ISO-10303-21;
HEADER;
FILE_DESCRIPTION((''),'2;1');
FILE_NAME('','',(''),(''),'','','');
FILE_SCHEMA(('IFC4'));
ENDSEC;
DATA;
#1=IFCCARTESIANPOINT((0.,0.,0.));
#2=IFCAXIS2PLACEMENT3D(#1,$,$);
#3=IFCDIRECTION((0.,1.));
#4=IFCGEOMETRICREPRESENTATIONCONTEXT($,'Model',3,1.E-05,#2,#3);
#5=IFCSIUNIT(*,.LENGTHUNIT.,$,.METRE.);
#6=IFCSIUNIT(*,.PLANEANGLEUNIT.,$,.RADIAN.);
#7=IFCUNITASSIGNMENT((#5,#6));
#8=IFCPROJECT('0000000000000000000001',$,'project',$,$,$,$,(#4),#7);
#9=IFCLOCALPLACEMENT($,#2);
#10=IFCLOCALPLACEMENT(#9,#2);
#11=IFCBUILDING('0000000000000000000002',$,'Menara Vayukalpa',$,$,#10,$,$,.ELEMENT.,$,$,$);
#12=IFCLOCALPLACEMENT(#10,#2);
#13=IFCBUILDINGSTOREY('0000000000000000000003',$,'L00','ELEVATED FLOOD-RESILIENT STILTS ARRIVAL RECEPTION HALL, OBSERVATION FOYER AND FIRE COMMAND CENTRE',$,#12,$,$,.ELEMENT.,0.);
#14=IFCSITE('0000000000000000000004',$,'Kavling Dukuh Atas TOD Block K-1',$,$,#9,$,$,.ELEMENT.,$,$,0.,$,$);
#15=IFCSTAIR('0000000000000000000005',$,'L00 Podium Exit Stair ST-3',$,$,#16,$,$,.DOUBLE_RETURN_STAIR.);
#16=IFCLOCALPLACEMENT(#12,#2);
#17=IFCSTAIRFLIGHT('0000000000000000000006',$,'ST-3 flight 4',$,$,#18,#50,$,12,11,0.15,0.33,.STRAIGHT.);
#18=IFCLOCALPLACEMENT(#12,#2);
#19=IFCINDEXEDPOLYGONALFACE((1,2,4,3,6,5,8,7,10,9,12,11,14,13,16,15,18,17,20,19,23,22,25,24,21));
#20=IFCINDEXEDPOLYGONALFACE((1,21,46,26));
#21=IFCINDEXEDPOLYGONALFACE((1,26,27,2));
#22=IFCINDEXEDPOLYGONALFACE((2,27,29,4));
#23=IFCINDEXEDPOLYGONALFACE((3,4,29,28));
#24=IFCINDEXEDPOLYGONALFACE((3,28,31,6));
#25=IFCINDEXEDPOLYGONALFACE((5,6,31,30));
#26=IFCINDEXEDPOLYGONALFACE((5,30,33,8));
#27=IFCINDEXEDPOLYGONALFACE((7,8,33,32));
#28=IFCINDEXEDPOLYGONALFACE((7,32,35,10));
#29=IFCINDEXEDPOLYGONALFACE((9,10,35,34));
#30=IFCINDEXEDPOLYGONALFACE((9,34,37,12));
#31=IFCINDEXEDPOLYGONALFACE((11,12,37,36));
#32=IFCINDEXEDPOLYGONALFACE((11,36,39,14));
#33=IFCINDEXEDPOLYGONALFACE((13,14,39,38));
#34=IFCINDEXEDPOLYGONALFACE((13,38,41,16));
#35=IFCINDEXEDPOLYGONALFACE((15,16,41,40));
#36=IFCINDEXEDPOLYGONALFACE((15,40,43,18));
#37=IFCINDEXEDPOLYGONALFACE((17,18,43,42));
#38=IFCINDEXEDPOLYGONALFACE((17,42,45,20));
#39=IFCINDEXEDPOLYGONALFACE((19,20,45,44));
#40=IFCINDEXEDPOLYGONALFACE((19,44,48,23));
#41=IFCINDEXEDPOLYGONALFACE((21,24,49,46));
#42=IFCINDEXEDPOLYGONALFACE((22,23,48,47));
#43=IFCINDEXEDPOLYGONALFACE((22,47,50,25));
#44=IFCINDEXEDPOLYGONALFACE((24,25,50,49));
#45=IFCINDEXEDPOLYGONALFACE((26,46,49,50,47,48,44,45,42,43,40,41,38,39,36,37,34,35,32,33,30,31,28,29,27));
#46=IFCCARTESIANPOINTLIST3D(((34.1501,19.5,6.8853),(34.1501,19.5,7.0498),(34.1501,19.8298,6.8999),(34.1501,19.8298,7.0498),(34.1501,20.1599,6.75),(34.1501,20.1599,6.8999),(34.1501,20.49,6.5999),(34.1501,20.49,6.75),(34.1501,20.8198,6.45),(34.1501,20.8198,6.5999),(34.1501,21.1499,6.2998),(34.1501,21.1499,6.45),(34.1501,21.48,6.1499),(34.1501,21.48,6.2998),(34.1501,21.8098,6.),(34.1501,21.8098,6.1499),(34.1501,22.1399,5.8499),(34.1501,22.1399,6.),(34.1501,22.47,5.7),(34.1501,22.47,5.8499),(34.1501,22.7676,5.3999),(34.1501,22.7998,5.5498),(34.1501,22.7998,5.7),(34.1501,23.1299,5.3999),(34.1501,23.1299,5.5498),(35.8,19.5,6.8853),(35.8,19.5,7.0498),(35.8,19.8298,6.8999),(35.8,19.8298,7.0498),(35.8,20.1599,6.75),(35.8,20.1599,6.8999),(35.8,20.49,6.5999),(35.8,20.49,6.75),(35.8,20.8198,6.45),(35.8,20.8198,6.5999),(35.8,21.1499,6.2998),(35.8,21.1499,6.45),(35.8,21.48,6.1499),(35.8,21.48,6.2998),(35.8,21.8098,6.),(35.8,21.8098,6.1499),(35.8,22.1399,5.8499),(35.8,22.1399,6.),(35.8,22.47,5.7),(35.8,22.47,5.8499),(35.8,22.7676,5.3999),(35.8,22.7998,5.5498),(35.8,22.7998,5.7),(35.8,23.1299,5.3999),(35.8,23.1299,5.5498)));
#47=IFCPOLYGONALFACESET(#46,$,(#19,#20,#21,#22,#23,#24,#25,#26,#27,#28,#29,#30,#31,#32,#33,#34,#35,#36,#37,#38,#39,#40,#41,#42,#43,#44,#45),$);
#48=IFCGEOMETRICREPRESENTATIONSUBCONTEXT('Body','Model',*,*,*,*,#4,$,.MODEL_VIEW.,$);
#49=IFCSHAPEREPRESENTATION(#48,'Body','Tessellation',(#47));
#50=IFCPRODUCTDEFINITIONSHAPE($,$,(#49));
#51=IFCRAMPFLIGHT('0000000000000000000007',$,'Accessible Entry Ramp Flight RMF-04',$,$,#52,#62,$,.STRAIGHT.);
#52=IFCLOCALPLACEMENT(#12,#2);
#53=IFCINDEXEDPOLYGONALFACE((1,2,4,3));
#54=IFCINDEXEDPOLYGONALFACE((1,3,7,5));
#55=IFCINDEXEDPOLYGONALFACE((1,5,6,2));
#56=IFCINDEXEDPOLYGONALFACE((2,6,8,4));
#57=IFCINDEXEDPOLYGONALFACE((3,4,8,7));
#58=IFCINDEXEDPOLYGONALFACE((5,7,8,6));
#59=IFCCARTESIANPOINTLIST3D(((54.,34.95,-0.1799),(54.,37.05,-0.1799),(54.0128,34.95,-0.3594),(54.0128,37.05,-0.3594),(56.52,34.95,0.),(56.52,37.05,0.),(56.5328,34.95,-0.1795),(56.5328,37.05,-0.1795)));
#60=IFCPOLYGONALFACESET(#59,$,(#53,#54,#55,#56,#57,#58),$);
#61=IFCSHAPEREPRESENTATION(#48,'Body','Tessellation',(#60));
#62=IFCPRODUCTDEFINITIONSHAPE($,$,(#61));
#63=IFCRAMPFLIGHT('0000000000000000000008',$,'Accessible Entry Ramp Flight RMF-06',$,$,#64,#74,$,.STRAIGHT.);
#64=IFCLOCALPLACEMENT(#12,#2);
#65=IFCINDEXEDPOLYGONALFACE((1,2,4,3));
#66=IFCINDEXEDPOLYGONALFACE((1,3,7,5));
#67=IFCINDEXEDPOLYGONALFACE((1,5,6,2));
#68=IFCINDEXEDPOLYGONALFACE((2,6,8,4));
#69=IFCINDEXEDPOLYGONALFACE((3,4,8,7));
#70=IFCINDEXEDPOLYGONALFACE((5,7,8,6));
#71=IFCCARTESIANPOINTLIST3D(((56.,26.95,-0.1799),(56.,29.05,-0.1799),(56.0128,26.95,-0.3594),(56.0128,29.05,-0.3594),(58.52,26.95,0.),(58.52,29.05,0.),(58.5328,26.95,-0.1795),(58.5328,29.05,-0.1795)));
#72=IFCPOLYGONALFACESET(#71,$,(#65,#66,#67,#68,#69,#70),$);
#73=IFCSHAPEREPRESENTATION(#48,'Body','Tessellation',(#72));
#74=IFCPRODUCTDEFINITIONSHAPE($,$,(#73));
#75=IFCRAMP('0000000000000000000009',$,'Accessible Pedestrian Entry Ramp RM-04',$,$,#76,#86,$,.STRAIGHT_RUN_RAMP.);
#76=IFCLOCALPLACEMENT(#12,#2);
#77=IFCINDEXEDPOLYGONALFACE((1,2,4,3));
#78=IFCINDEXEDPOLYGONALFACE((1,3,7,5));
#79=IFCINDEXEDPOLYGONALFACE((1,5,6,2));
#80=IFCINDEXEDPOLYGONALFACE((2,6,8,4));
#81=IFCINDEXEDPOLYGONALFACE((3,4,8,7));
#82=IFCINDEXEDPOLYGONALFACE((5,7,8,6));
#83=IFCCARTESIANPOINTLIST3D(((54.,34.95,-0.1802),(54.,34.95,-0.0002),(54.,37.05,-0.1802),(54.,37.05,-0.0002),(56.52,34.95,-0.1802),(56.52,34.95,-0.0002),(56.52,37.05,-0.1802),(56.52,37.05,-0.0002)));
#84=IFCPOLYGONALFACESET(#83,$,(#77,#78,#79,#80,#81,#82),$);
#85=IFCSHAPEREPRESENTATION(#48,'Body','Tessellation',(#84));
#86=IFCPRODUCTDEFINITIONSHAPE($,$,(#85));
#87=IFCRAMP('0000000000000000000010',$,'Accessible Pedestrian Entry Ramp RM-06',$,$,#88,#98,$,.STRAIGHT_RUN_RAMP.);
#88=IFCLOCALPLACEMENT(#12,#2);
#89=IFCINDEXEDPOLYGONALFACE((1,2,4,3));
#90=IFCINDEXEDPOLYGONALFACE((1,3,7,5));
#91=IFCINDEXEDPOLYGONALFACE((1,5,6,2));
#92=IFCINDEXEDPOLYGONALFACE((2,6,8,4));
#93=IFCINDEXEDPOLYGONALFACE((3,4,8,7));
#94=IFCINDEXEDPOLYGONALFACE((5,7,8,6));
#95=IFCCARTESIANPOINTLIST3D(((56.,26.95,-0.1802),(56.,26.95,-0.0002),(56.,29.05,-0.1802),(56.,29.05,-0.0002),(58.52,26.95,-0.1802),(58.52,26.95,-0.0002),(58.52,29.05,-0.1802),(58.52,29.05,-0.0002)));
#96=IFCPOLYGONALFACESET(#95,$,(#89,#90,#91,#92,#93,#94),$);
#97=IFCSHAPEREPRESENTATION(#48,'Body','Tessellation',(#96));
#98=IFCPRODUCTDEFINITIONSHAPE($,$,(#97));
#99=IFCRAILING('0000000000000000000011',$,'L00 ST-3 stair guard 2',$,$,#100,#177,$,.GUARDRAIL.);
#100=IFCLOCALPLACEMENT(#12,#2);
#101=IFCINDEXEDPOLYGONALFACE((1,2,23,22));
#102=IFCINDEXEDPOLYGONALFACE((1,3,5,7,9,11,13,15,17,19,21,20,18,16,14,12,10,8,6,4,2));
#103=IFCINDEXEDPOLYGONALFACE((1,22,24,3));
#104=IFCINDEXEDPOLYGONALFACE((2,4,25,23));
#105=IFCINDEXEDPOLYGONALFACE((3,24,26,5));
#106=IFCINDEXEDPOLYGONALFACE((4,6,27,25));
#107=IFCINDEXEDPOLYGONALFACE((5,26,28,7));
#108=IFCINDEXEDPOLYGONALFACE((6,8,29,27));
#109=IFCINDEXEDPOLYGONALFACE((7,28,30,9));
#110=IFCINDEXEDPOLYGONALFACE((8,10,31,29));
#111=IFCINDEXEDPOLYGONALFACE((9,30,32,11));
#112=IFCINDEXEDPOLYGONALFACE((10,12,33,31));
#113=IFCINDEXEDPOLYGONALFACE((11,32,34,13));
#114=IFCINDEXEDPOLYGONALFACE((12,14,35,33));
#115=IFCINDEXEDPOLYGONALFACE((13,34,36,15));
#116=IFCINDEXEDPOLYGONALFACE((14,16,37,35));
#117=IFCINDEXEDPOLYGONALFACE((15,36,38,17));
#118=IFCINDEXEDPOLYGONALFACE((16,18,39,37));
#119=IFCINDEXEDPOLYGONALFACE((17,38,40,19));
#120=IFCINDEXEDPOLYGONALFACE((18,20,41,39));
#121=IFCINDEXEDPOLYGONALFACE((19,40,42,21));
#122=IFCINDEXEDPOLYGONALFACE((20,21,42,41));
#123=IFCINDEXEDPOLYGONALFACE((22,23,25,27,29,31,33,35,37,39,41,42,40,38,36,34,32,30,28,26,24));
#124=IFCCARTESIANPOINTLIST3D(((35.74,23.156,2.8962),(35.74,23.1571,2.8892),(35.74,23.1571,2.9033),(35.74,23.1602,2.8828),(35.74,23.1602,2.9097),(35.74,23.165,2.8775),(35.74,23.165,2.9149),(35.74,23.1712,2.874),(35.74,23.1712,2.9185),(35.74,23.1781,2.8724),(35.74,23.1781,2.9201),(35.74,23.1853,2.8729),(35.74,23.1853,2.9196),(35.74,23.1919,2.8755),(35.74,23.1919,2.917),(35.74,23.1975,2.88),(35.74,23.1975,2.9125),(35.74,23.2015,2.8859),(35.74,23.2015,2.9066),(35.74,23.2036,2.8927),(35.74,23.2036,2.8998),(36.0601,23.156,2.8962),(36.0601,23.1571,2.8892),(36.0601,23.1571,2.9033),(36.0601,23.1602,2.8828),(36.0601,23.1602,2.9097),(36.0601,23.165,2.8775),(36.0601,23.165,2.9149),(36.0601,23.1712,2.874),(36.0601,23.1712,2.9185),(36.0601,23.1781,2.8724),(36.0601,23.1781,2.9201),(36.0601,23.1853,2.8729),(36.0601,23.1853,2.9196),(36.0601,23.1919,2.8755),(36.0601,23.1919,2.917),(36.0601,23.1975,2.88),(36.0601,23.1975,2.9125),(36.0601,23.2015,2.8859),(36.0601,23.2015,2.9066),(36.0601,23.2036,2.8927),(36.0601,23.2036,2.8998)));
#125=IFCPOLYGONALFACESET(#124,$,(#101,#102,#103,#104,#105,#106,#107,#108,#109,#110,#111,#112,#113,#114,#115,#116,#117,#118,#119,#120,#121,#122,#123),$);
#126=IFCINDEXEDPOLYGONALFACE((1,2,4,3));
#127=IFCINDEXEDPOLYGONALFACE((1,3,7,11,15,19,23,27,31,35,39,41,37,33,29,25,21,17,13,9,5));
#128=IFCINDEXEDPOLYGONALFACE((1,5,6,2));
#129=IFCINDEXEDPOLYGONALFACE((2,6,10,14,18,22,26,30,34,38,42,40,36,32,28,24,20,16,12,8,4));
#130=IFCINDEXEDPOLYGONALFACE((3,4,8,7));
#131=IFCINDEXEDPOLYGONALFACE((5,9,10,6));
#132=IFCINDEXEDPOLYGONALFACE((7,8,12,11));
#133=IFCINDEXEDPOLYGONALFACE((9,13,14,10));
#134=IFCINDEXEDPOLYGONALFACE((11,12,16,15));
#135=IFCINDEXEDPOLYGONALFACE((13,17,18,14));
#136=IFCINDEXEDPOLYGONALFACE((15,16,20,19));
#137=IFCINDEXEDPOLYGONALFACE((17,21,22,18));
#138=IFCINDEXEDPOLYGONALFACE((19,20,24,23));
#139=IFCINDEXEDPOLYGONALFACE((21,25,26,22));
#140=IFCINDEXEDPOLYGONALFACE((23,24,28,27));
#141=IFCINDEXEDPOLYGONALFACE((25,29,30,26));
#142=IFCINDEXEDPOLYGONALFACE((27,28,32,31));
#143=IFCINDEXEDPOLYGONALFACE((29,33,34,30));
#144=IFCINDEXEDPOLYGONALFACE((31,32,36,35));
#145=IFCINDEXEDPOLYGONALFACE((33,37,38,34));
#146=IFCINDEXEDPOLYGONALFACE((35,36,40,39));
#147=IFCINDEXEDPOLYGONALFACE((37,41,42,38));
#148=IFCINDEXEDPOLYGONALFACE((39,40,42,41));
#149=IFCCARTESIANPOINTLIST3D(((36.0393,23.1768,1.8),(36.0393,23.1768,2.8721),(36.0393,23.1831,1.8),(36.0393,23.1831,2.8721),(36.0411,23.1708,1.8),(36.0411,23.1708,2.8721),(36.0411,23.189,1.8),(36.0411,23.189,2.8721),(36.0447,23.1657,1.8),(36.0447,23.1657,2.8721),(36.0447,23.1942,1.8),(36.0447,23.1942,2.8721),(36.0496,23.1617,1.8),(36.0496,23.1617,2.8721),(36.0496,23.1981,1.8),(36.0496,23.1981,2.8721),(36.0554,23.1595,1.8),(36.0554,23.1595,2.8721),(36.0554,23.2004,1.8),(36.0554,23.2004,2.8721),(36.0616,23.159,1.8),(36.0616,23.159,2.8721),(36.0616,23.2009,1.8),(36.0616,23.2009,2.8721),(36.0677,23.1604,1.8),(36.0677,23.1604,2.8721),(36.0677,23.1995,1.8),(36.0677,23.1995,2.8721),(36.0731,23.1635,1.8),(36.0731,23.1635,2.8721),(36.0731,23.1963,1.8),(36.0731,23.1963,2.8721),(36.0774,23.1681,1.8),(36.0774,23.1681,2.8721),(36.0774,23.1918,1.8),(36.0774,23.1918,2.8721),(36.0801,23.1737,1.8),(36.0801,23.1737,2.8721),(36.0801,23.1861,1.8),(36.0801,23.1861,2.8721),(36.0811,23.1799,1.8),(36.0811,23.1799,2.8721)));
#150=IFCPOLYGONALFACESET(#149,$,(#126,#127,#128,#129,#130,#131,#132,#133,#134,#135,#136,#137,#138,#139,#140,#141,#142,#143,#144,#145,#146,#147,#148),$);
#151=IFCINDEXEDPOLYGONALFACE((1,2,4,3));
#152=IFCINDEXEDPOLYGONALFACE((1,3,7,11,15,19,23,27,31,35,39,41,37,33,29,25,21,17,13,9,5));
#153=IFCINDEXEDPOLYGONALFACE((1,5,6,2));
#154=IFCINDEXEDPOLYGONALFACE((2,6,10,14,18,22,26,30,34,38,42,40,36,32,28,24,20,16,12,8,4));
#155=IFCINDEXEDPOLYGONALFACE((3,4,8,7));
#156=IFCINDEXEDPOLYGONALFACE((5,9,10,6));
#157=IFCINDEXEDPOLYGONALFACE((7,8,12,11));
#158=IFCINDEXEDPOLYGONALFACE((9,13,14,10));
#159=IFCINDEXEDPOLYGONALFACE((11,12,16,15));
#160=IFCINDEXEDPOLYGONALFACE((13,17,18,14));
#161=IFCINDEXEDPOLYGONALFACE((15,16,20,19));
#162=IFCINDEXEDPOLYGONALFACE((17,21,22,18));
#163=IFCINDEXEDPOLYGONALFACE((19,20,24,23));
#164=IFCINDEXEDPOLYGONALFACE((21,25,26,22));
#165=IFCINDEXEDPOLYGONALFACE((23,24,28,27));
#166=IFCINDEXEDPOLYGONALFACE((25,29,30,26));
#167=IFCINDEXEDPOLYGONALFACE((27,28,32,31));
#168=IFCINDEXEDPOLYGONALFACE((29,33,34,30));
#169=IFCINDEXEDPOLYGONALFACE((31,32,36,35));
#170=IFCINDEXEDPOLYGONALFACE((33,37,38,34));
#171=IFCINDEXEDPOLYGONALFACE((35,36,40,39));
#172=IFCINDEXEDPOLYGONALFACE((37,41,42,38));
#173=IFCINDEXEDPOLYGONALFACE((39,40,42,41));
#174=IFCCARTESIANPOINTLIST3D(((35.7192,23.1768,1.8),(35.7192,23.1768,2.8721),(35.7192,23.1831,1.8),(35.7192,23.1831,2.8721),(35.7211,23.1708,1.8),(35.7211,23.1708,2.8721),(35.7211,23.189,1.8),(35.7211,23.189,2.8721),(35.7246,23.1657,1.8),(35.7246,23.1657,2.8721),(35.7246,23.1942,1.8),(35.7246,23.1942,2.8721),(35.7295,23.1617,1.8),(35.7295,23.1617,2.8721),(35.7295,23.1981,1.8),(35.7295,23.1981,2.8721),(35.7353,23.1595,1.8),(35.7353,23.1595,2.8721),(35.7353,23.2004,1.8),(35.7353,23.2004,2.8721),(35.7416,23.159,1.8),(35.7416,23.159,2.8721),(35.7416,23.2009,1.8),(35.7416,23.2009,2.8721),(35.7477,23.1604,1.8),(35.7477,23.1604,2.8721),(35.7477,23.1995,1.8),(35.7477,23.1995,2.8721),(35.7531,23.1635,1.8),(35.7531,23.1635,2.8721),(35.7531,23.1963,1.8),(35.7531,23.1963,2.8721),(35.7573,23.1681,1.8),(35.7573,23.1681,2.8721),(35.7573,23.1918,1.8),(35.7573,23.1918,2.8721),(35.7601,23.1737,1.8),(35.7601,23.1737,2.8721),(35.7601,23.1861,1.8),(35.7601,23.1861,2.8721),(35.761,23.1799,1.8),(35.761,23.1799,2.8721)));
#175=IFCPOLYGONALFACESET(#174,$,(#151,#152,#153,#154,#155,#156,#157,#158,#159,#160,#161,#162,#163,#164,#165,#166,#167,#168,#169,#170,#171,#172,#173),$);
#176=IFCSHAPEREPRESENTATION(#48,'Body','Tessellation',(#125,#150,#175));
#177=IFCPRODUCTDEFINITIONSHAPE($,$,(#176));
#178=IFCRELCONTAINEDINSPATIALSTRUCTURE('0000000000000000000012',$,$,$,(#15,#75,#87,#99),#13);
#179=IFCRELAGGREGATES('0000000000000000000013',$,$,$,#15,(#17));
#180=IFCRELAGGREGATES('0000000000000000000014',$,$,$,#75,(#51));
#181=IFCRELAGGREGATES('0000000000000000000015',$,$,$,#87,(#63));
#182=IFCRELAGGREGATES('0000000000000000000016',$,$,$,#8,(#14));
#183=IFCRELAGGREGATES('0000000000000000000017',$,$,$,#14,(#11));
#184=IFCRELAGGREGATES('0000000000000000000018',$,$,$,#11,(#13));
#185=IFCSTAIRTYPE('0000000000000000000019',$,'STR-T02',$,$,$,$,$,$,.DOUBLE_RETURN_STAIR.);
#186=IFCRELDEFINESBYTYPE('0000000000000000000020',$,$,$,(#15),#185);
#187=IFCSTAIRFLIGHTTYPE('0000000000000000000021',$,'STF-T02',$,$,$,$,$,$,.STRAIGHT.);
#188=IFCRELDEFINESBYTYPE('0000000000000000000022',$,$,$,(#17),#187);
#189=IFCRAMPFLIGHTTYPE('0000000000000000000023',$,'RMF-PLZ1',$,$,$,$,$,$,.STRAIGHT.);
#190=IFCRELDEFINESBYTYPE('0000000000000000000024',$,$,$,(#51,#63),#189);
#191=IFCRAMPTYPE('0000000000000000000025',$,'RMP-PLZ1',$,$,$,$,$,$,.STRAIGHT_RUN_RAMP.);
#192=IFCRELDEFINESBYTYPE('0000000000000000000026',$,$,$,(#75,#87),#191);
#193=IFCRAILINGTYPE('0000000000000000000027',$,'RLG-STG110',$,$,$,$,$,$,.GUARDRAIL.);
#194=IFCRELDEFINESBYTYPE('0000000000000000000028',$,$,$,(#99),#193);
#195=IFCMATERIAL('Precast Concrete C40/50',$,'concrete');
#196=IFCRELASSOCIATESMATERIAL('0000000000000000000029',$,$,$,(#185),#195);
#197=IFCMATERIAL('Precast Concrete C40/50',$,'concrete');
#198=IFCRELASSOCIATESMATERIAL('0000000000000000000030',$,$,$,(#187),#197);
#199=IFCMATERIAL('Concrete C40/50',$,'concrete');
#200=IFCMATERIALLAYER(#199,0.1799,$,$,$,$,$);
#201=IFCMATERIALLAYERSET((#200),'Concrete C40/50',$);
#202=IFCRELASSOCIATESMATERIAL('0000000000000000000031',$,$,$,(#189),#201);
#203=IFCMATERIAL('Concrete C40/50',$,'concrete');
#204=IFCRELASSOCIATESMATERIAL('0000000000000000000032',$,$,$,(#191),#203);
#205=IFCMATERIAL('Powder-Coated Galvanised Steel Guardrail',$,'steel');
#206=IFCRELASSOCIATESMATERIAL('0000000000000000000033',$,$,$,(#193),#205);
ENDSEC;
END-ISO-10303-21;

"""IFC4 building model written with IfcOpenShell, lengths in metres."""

from ifc_helpers import new_model, si_unit, direction, frame, origin, origin_2d, place, context, subcontext, project, spatial, polyline, rectangle, circle, outline, extrude, material, layer, layer_set, type_object, element, aggregate, save


model = new_model("IFC4")

# Units and contexts
model_context = context("Model", 3, precision=1e-05, world=origin(), true_north=direction((0.0, 1.0)))
body_context = subcontext(model_context, "Body", "Model", "MODEL_VIEW")
ifc_project = project(units=[si_unit("LENGTHUNIT", "METRE"), si_unit("PLANEANGLEUNIT", "RADIAN")], contexts=[model_context])

# Site, building, storey
site_placement = place(None, origin())
site = spatial("IfcSite", under=ifc_project, at=site_placement, Name="Kavling Dukuh Atas TOD Block K-1", CompositionType="ELEMENT", RefElevation=0.0)
building_placement = place(site_placement, origin())
building = spatial("IfcBuilding", under=site, at=building_placement, Name="Menara Vayukalpa", CompositionType="ELEMENT")
storey_placement = place(building_placement, origin())
storey = spatial("IfcBuildingStorey", under=building, at=storey_placement, Name="L00", Description="ELEVATED FLOOD-RESILIENT STILTS ARRIVAL RECEPTION HALL, OBSERVATION FOYER AND FIRE COMMAND CENTRE", CompositionType="ELEMENT", Elevation=0.0)

# Stair, stair flight
ifc_material_1 = material(Name="Precast Concrete C40/50", Category="concrete")
stair_type = type_object("IfcStairType", Name="STR-T02", PredefinedType="DOUBLE_RETURN_STAIR", material=ifc_material_1)
stair_placement = place(storey_placement, origin())
stair = element("IfcStair", 1, at=stair_placement, inside=storey, type_object=stair_type, Name="L00 Podium Exit Stair ST-3", PredefinedType="DOUBLE_RETURN_STAIR")
ifc_material_2 = material(Name="Precast Concrete C40/50", Category="concrete")
stair_flight_type = type_object("IfcStairFlightType", Name="STF-T02", PredefinedType="STRAIGHT", material=ifc_material_2)
stair_flight_1_placement = place(storey_placement, frame((34.9751, 23.1299, 5.3999), z_axis=(0.0, 0.0, 1.0), x_axis=(0.0, -1.0, 0.0)))
stair_flight_1 = element("IfcStairFlight", 2, at=stair_flight_1_placement, type_object=stair_flight_type, Name="ST-3 flight 4", NumberOfRisers=12, NumberOfTreads=11, PredefinedType="STRAIGHT", RiserHeight=0.15, TreadLength=0.33, context=body_context, shape_type="SweptSolid", body=[
    extrude(outline(polyline([(0.0, 0.0), (0.0, 0.1499), (0.3301, 0.1499), (0.3301, 0.3), (0.6599, 0.3), (0.6599, 0.45), (0.99, 0.45), (0.99, 0.6001), (1.3201, 0.6001), (1.3201, 0.75), (1.6499, 0.75), (1.6499, 0.8999), (1.98, 0.8999), (1.98, 1.05), (2.3101, 1.05), (2.3101, 1.2), (2.6399, 1.2), (2.6399, 1.3501), (2.97, 1.3501), (2.97, 1.5), (3.3, 1.5), (3.3, 1.6499), (3.6299, 1.6499), (3.6299, 1.8), (3.6299, 1.4854), (0.3623, 0.0), (0.0, 0.0)])), frame((0.0, 0.825, 0.0), z_axis=(0.0, -1.0, 0.0), x_axis=(1.0, 0.0, 0.0)), (0.0, 0.0, 1.0), 1.6499),
])
aggregate(stair, [stair_flight_1])

# Ramp flights
ifc_material_3 = material(Name="Concrete C40/50", Category="concrete")
ifc_layer_1 = layer(ifc_material_3, 0.1799)
ifc_layer_set_1 = layer_set([ifc_layer_1], Name="Concrete C40/50")
ramp_flight_type = type_object("IfcRampFlightType", Name="RMF-PLZ1", PredefinedType="STRAIGHT", material=ifc_layer_set_1)
ramp_flight_1_placement = place(storey_placement, frame((54.0, 34.95, -0.1799), z_axis=(-0.07122, 0.0, 0.997461), x_axis=(0.997461, 0.0, 0.07122)))
ramp_flight_1 = element("IfcRampFlight", 3, at=ramp_flight_1_placement, type_object=ramp_flight_type, Name="Accessible Entry Ramp Flight RMF-04", PredefinedType="STRAIGHT", context=body_context, shape_type="SweptSolid", body=[
    extrude(outline(polyline([(0.0, 0.0), (2.5264, 0.0), (2.5264, 2.1001), (0.0, 2.1001), (0.0, 0.0)])), origin(), (0.0, 0.0, -1.0), 0.1799),
])
ramp_flight_2_placement = place(storey_placement, frame((56.0, 26.95, -0.1799), z_axis=(-0.07122, 0.0, 0.997461), x_axis=(0.997461, 0.0, 0.07122)))
ramp_flight_2 = element("IfcRampFlight", 4, at=ramp_flight_2_placement, type_object=ramp_flight_type, Name="Accessible Entry Ramp Flight RMF-06", PredefinedType="STRAIGHT", context=body_context, shape_type="SweptSolid", body=[
    extrude(outline(polyline([(0.0, 0.0), (2.5264, 0.0), (2.5264, 2.1001), (0.0, 2.1001), (0.0, 0.0)])), origin(), (0.0, 0.0, -1.0), 0.1799),
])

# Ramps
ifc_material_4 = material(Name="Concrete C40/50", Category="concrete")
ramp_type = type_object("IfcRampType", Name="RMP-PLZ1", PredefinedType="STRAIGHT_RUN_RAMP", material=ifc_material_4)
ramp_1_placement = place(storey_placement, frame((55.26, 36.0, -0.1802), z_axis=(0.0, 0.0, 1.0), x_axis=(1.0, 0.0, 0.0)))
ramp_1 = element("IfcRamp", 5, at=ramp_1_placement, inside=storey, type_object=ramp_type, Name="Accessible Pedestrian Entry Ramp RM-04", PredefinedType="STRAIGHT_RUN_RAMP", context=body_context, shape_type="SweptSolid", body=[
    extrude(rectangle(XDim=2.52, YDim=2.1001, at=origin_2d()), origin(), (0.0, 0.0, 1.0), 0.1799),
])
aggregate(ramp_1, [ramp_flight_1])
ramp_2_placement = place(storey_placement, frame((57.26, 28.0, -0.1802), z_axis=(0.0, 0.0, 1.0), x_axis=(1.0, 0.0, 0.0)))
ramp_2 = element("IfcRamp", 6, at=ramp_2_placement, inside=storey, type_object=ramp_type, Name="Accessible Pedestrian Entry Ramp RM-06", PredefinedType="STRAIGHT_RUN_RAMP", context=body_context, shape_type="SweptSolid", body=[
    extrude(rectangle(XDim=2.52, YDim=2.1001, at=origin_2d()), origin(), (0.0, 0.0, 1.0), 0.1799),
])
aggregate(ramp_2, [ramp_flight_2])

# Railing
ifc_material_5 = material(Name="Powder-Coated Galvanised Steel Guardrail", Category="steel")
railing_type_1 = type_object("IfcRailingType", Name="RLG-STG110", PredefinedType="GUARDRAIL", material=ifc_material_5)
railing_1_placement = place(storey_placement, frame((36.0601, 23.1799, 1.8)))
element("IfcRailing", 7, at=railing_1_placement, inside=storey, type_object=railing_type_1, Name="L00 ST-3 stair guard 2", PredefinedType="GUARDRAIL", context=body_context, shape_type="SweptSolid", body=[
    extrude(circle(Radius=0.0239, at=origin_2d()), frame((0.0, 0.0, 1.0962), z_axis=(-1.0, 0.0, 0.0), x_axis=(0.0, -1.0, 0.0)), (0.0, 0.0, 1.0), 0.3201),
    extrude(circle(Radius=0.021, at=origin_2d()), origin(), (0.0, 0.0, 1.0), 1.072),
    extrude(circle(Radius=0.021, at=origin_2d()), frame((-0.3201, 0.0, 0.0)), (0.0, 0.0, 1.0), 1.072),
])

save(model, "model.ifc")
